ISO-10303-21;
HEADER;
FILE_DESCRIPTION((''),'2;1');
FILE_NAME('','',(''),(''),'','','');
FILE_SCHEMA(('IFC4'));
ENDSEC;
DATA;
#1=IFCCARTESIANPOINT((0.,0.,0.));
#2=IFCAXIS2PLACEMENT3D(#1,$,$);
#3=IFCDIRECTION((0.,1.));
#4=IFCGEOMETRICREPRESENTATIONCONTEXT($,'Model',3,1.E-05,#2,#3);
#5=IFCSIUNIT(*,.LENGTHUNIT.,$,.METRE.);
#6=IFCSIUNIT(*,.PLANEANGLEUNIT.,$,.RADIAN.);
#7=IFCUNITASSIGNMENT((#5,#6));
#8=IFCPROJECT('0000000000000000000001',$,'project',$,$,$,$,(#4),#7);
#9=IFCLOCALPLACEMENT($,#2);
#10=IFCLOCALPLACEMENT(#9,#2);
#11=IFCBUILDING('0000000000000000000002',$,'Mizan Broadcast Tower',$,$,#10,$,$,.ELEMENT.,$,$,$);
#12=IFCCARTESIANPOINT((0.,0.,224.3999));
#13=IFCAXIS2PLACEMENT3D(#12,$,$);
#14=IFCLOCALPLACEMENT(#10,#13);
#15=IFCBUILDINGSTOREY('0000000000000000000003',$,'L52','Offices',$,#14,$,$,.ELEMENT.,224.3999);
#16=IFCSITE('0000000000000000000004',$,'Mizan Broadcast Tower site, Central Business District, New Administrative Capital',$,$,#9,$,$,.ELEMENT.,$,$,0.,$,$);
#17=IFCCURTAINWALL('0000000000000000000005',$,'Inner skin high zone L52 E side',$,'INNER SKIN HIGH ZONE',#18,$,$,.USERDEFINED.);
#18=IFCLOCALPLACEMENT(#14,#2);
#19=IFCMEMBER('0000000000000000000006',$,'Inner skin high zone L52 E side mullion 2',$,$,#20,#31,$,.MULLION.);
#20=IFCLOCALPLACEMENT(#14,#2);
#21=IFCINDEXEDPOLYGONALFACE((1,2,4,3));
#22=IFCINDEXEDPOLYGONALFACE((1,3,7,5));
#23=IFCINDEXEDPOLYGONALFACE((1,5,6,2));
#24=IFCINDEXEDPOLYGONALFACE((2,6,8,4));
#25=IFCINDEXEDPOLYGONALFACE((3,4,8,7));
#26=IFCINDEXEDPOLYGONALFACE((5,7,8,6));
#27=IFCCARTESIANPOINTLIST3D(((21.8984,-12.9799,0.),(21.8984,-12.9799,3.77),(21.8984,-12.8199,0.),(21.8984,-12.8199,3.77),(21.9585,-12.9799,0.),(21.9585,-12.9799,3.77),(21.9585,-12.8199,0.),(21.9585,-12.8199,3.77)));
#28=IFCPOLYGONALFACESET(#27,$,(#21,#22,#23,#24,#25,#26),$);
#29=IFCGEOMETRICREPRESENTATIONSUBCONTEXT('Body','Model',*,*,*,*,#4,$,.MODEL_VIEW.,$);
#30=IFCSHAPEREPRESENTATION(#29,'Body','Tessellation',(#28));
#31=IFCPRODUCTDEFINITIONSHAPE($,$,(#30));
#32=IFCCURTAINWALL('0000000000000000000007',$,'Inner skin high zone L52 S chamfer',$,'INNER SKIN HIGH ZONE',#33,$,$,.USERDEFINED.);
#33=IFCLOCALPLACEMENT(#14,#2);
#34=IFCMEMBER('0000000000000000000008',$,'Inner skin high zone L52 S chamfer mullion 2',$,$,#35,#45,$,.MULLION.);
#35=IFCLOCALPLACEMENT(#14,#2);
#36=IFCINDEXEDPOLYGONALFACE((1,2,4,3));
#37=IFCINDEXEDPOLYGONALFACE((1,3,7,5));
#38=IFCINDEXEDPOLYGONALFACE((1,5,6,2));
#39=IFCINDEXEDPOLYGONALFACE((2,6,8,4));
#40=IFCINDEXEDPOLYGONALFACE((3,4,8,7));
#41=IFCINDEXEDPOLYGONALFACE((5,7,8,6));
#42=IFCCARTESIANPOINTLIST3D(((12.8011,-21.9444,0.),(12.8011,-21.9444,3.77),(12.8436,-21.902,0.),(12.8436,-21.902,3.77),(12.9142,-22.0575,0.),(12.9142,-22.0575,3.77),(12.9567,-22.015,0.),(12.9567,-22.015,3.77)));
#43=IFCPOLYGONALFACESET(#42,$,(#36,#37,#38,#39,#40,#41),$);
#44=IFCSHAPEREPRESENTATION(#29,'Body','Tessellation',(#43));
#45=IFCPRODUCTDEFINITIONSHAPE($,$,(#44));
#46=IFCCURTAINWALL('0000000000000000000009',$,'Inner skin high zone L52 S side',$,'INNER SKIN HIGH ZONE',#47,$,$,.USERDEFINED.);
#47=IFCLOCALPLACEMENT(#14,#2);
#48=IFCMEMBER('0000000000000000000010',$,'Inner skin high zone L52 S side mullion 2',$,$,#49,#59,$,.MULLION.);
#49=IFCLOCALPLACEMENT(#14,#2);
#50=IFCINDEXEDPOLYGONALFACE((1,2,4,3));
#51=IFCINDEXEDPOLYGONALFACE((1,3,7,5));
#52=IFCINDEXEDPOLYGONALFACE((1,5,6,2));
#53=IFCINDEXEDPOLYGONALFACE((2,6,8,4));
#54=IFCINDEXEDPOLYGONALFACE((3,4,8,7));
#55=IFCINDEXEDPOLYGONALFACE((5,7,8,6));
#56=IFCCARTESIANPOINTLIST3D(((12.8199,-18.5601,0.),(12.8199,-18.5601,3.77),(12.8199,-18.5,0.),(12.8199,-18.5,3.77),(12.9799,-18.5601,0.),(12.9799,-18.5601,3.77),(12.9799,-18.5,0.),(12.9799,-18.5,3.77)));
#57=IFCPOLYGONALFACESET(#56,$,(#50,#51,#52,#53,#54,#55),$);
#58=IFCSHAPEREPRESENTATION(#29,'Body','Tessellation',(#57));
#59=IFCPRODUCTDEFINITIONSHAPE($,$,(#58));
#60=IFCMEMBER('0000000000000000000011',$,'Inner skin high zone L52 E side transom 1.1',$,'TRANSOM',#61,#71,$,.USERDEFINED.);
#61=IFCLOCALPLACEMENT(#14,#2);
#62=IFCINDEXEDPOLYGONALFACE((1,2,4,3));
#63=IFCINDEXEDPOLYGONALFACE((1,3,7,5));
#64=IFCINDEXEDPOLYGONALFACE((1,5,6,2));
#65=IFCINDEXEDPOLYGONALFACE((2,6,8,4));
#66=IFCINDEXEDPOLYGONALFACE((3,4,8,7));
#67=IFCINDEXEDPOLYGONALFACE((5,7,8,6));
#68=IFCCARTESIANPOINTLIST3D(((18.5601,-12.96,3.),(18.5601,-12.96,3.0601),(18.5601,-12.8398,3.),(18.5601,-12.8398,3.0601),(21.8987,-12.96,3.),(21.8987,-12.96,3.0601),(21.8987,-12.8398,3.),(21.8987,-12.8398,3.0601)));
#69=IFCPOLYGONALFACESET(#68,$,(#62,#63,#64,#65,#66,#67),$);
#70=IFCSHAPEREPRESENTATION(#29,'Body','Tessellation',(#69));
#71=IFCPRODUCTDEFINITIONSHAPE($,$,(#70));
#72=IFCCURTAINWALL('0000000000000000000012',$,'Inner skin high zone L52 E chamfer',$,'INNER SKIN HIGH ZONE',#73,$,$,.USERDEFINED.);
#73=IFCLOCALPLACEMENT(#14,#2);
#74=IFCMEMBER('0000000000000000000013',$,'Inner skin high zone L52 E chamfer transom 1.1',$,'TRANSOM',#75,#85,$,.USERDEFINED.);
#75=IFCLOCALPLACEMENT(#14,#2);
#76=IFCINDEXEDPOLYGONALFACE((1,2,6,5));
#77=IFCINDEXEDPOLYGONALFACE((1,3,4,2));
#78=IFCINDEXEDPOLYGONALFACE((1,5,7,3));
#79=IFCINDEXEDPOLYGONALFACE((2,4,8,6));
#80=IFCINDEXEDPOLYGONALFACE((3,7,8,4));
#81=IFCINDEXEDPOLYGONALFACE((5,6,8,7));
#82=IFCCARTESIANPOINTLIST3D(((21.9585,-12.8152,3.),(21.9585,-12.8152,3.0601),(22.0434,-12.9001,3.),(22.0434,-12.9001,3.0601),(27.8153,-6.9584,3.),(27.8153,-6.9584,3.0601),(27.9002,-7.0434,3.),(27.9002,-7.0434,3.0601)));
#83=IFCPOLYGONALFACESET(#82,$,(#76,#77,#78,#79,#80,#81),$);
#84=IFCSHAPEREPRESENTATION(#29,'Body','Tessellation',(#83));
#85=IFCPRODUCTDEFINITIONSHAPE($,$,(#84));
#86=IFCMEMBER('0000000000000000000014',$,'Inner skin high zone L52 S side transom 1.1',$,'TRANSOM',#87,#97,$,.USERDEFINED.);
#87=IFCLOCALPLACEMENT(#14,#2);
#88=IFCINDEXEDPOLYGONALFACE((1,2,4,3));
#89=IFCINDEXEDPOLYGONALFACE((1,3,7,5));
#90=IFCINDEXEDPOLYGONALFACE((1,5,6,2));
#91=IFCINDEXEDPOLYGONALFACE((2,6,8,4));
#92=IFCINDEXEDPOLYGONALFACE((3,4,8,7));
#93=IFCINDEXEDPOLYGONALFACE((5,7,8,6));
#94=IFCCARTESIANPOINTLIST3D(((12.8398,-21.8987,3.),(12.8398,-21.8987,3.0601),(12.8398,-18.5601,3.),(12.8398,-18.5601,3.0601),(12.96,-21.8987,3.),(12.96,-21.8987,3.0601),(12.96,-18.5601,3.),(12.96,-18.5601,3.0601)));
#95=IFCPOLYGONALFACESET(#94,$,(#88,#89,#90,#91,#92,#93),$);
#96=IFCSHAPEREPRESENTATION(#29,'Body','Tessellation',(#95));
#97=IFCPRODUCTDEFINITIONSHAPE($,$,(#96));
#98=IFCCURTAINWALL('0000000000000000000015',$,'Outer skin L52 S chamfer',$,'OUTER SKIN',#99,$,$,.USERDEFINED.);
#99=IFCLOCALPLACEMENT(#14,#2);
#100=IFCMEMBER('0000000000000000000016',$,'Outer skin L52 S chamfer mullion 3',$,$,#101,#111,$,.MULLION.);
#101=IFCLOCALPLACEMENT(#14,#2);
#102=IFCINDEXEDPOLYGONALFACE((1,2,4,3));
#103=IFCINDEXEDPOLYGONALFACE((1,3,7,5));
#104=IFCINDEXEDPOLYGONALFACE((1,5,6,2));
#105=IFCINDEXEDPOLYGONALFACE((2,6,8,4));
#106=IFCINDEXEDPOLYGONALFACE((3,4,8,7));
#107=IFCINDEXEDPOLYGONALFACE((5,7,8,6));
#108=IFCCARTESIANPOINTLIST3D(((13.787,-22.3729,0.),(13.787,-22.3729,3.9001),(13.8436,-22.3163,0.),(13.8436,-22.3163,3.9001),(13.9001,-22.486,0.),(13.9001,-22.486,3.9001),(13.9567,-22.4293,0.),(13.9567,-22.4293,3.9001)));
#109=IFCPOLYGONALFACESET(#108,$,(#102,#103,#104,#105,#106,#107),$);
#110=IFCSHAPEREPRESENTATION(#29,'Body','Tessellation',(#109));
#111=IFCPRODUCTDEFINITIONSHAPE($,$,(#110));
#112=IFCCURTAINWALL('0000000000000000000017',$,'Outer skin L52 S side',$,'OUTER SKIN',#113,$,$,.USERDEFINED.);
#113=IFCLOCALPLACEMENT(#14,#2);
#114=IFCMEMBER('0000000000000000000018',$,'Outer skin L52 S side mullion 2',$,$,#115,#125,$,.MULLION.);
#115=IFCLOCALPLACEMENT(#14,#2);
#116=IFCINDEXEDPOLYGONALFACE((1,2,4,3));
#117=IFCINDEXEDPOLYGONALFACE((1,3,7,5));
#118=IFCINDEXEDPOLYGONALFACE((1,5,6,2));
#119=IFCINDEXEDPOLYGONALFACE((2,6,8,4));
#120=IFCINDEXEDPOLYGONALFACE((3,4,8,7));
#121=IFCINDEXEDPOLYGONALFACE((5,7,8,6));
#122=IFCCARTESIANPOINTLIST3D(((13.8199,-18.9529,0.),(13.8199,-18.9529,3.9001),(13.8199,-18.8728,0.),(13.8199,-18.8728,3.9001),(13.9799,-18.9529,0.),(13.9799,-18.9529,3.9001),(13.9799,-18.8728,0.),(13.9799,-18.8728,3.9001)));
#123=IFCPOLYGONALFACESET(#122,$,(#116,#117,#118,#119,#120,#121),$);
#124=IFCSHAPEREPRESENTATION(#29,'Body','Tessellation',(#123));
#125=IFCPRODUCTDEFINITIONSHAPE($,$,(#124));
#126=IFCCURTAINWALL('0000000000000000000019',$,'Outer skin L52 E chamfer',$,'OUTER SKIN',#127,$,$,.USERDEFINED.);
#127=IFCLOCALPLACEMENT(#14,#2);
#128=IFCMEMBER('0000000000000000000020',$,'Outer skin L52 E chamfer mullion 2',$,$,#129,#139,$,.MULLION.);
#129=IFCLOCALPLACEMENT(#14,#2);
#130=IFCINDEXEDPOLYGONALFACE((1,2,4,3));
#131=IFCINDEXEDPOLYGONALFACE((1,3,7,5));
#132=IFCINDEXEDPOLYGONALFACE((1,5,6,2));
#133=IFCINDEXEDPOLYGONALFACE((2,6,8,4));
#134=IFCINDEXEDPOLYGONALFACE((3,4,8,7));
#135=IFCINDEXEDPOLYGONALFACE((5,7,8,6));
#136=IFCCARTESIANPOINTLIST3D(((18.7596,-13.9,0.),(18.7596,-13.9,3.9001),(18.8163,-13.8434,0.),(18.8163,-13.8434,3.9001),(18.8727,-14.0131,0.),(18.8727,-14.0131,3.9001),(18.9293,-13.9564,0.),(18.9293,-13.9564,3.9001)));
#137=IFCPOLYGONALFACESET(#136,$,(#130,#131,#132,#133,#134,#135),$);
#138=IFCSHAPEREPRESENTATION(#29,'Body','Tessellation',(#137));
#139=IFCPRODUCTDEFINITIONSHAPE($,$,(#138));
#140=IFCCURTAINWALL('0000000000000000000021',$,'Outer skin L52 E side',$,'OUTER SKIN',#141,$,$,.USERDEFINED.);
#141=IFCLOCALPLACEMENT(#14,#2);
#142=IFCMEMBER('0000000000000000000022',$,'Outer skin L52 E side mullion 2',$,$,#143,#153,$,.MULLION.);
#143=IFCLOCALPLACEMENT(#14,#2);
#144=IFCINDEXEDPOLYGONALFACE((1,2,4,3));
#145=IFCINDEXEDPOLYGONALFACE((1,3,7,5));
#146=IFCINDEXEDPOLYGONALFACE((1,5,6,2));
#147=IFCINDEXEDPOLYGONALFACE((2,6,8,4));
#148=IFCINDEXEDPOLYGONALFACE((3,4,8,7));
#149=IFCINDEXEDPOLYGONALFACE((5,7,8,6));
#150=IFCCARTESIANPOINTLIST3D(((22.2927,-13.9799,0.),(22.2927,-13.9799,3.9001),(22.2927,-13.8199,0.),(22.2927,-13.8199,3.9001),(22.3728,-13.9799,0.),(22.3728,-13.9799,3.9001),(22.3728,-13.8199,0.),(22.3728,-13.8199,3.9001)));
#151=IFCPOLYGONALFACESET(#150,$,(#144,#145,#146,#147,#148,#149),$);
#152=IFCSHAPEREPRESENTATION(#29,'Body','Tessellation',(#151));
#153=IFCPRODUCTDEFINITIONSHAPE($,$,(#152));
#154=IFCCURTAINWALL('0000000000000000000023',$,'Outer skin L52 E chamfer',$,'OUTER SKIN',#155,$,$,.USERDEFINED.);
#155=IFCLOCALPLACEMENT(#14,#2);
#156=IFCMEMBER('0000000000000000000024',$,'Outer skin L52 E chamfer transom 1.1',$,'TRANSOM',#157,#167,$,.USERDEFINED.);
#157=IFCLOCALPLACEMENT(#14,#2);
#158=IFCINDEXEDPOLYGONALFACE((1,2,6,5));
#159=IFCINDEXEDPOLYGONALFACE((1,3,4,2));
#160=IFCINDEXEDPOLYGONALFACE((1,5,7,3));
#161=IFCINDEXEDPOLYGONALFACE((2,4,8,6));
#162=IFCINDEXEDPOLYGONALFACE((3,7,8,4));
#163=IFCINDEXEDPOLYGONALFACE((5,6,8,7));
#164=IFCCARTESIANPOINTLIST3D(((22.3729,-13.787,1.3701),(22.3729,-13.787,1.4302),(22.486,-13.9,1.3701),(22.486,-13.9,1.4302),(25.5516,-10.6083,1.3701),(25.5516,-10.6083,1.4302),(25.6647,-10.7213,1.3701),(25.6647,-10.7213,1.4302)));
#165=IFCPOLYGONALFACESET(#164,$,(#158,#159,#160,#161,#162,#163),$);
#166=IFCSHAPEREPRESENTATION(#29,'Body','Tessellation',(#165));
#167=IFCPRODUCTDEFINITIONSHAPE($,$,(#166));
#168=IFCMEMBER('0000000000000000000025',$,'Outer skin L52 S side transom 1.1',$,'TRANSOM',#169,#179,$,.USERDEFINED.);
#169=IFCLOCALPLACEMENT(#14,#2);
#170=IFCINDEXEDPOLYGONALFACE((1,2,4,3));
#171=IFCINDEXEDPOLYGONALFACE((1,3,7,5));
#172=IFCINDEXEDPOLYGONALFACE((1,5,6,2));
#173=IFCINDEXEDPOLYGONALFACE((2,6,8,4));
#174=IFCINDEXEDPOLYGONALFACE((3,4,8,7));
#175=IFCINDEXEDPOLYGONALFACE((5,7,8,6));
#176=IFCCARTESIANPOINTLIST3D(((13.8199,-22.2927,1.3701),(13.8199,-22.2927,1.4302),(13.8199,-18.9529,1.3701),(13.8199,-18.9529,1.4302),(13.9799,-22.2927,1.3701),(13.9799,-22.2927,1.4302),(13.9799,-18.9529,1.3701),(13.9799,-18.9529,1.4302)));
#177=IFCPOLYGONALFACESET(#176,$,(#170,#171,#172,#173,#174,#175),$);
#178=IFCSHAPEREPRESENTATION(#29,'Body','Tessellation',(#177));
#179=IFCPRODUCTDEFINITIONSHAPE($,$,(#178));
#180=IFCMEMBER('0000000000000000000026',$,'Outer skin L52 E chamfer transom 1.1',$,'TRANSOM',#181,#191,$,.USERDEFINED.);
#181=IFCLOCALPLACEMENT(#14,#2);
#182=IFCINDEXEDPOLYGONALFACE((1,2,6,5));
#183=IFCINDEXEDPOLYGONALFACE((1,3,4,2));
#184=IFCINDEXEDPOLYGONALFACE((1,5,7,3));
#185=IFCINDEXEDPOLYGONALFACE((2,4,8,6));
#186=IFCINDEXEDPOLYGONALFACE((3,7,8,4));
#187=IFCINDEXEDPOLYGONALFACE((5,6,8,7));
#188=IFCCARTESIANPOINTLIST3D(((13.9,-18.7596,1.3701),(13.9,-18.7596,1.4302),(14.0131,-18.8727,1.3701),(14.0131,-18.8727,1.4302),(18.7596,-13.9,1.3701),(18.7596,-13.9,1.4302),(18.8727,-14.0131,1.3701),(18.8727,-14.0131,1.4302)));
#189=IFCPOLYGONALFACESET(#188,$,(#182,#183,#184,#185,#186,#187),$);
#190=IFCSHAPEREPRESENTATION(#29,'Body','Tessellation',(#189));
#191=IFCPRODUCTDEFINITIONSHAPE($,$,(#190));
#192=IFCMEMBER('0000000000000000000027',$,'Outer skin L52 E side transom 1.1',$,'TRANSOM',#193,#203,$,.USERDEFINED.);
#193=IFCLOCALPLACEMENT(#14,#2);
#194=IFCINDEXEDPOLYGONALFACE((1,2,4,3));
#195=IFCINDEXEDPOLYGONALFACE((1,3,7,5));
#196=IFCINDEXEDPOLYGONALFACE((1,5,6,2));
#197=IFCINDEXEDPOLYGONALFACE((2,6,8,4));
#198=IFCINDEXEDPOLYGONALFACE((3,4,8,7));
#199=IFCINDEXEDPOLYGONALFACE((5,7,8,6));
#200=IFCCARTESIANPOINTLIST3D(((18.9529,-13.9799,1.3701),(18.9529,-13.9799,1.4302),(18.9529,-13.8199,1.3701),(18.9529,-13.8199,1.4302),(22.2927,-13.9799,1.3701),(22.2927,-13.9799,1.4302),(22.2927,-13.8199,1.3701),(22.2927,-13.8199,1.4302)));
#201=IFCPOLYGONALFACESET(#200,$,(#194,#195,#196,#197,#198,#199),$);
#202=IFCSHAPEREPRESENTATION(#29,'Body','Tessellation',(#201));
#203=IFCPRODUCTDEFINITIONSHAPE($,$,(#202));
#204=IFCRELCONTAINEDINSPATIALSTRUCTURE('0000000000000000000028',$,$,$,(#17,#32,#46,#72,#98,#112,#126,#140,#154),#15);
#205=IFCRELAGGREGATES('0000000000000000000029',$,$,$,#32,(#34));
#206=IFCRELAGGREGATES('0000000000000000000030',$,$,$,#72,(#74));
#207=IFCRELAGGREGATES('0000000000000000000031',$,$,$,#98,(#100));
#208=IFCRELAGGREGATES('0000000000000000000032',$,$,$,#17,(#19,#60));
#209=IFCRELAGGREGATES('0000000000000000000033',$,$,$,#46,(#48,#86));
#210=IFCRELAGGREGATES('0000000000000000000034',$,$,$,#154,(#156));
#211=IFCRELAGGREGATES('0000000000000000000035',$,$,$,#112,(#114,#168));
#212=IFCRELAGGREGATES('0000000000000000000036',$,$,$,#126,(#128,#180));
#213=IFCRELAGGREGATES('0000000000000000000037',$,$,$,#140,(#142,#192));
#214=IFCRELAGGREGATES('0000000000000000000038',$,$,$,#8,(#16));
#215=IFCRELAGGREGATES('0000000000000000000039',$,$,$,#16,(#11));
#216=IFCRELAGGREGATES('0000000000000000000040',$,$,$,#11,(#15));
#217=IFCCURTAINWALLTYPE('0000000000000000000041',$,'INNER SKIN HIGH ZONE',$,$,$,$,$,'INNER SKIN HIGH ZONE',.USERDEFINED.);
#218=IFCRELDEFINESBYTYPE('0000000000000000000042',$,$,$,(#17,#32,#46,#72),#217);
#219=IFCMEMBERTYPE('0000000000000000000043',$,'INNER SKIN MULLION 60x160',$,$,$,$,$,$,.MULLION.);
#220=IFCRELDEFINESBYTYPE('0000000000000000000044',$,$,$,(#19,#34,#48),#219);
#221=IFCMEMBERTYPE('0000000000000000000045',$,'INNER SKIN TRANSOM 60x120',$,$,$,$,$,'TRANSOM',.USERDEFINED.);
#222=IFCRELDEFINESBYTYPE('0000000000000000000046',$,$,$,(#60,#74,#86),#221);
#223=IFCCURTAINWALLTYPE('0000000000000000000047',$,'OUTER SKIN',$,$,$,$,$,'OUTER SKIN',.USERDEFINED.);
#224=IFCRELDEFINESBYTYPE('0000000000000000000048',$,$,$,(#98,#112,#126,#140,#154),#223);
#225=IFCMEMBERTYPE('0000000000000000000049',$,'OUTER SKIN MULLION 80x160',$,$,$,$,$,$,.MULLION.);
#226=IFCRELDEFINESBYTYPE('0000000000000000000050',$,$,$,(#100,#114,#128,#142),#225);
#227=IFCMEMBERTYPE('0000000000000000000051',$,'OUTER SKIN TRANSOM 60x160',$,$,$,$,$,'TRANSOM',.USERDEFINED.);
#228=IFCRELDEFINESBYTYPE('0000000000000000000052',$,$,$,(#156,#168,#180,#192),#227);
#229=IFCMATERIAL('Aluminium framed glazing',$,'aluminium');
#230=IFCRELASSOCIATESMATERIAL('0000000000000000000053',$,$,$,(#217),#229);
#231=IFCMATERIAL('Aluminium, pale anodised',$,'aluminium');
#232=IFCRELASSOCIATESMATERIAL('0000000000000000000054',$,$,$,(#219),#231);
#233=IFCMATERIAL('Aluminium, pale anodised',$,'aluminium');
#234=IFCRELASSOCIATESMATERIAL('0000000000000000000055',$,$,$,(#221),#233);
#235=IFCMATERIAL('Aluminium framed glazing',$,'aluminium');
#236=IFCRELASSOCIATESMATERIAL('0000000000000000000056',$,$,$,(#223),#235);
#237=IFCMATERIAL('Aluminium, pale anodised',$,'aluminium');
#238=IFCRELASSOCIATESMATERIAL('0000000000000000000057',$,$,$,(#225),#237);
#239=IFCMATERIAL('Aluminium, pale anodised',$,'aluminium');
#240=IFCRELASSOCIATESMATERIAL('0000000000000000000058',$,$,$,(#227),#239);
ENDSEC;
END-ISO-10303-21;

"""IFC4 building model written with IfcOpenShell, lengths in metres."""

from ifc_helpers import new_model, si_unit, direction, frame, origin, origin_2d, place, context, subcontext, project, spatial, rectangle, extrude, material, material_profile, profile_set, type_object, element, aggregate, save


model = new_model("IFC4")

# Units and contexts
model_context = context("Model", 3, precision=1e-05, world=origin(), true_north=direction((0.0, 1.0)))
body_context = subcontext(model_context, "Body", "Model", "MODEL_VIEW")
ifc_project = project(units=[si_unit("LENGTHUNIT", "METRE"), si_unit("PLANEANGLEUNIT", "RADIAN")], contexts=[model_context])

# Site, building, storey
site_placement = place(None, origin())
site = spatial("IfcSite", under=ifc_project, at=site_placement, Name="Mizan Broadcast Tower site, Central Business District, New Administrative Capital", CompositionType="ELEMENT", RefElevation=0.0)
building_placement = place(site_placement, origin())
building = spatial("IfcBuilding", under=site, at=building_placement, Name="Mizan Broadcast Tower", CompositionType="ELEMENT")
storey_placement = place(building_placement, frame((0.0, 0.0, 224.3999)))
storey = spatial("IfcBuildingStorey", under=building, at=storey_placement, Name="L52", Description="Offices", CompositionType="ELEMENT", Elevation=224.3999)

# Curtain walls, members
ifc_material_1 = material(Name="Aluminium framed glazing", Category="aluminium")
curtain_wall_type_1 = type_object("IfcCurtainWallType", Name="INNER SKIN HIGH ZONE", ElementType="INNER SKIN HIGH ZONE", PredefinedType="USERDEFINED", material=ifc_material_1)
curtain_wall_1_placement = place(storey_placement, origin())
curtain_wall_1 = element("IfcCurtainWall", 1, at=curtain_wall_1_placement, inside=storey, type_object=curtain_wall_type_1, Name="Inner skin high zone L52 E side", ObjectType="INNER SKIN HIGH ZONE", PredefinedType="USERDEFINED")
ifc_material_2 = material(Name="Aluminium, pale anodised", Category="aluminium")
ifc_material_profile_1 = material_profile(ifc_material_2, rectangle(XDim=0.1599, YDim=0.0601, at=origin_2d()), Name="MULLION 160x60")
ifc_profile_set_1 = profile_set([ifc_material_profile_1], Name="Aluminium, pale anodised")
member_type_1 = type_object("IfcMemberType", Name="INNER SKIN MULLION 60x160", PredefinedType="MULLION", material=ifc_profile_set_1)
member_1_placement = place(storey_placement, frame((21.9285, -12.8999, 0.0), z_axis=(0.0, 0.0, 1.0), x_axis=(0.0, 1.0, 0.0)))
member_1 = element("IfcMember", 2, at=member_1_placement, type_object=member_type_1, Name="Inner skin high zone L52 E side mullion 2", PredefinedType="MULLION", context=body_context, shape_type="SweptSolid", body=[
    extrude(rectangle(XDim=0.1599, YDim=0.0601, at=origin_2d()), origin(), (0.0, 0.0, 1.0), 3.77),
])
curtain_wall_2_placement = place(storey_placement, origin())
curtain_wall_2 = element("IfcCurtainWall", 3, at=curtain_wall_2_placement, inside=storey, type_object=curtain_wall_type_1, Name="Inner skin high zone L52 S chamfer", ObjectType="INNER SKIN HIGH ZONE", PredefinedType="USERDEFINED")
member_2_placement = place(storey_placement, frame((12.8789, -21.9797, 0.0), z_axis=(0.0, 0.0, 1.0), x_axis=(-0.707107, 0.707107, 0.0)))
member_2 = element("IfcMember", 4, at=member_2_placement, type_object=member_type_1, Name="Inner skin high zone L52 S chamfer mullion 2", PredefinedType="MULLION", context=body_context, shape_type="SweptSolid", body=[
    extrude(rectangle(XDim=0.1599, YDim=0.0601, at=origin_2d()), origin(), (0.0, 0.0, 1.0), 3.77),
])
aggregate(curtain_wall_2, [member_2])
curtain_wall_3_placement = place(storey_placement, origin())
curtain_wall_3 = element("IfcCurtainWall", 5, at=curtain_wall_3_placement, inside=storey, type_object=curtain_wall_type_1, Name="Inner skin high zone L52 S side", ObjectType="INNER SKIN HIGH ZONE", PredefinedType="USERDEFINED")
member_3_placement = place(storey_placement, frame((12.8999, -18.53, 0.0), z_axis=(0.0, 0.0, 1.0), x_axis=(-1.0, 0.0, 0.0)))
member_3 = element("IfcMember", 6, at=member_3_placement, type_object=member_type_1, Name="Inner skin high zone L52 S side mullion 2", PredefinedType="MULLION", context=body_context, shape_type="SweptSolid", body=[
    extrude(rectangle(XDim=0.1599, YDim=0.0601, at=origin_2d()), origin(), (0.0, 0.0, 1.0), 3.77),
])

# Member
ifc_material_3 = material(Name="Aluminium, pale anodised", Category="aluminium")
ifc_material_profile_2 = material_profile(ifc_material_3, rectangle(XDim=0.1201, YDim=0.0601, at=origin_2d()), Name="TRANSOM 120x60")
ifc_profile_set_2 = profile_set([ifc_material_profile_2], Name="Aluminium, pale anodised")
member_type_2 = type_object("IfcMemberType", Name="INNER SKIN TRANSOM 60x120", ElementType="TRANSOM", PredefinedType="USERDEFINED", material=ifc_profile_set_2)
member_4_placement = place(storey_placement, frame((18.5601, -12.8999, 3.03), z_axis=(1.0, 0.0, 0.0), x_axis=(0.0, 1.0, 0.0)))
member_4 = element("IfcMember", 7, at=member_4_placement, type_object=member_type_2, Name="Inner skin high zone L52 E side transom 1.1", ObjectType="TRANSOM", PredefinedType="USERDEFINED", context=body_context, shape_type="SweptSolid", body=[
    extrude(rectangle(XDim=0.1201, YDim=0.0601, at=origin_2d()), origin(), (0.0, 0.0, 1.0), 3.3386),
])

# Curtain wall, member
curtain_wall_4_placement = place(storey_placement, origin())
curtain_wall_4 = element("IfcCurtainWall", 8, at=curtain_wall_4_placement, inside=storey, type_object=curtain_wall_type_1, Name="Inner skin high zone L52 E chamfer", ObjectType="INNER SKIN HIGH ZONE", PredefinedType="USERDEFINED")
member_5_placement = place(storey_placement, frame((22.001, -12.8577, 3.03), z_axis=(0.707107, 0.707107, 0.0), x_axis=(-0.707107, 0.707107, 0.0)))
member_5 = element("IfcMember", 9, at=member_5_placement, type_object=member_type_2, Name="Inner skin high zone L52 E chamfer transom 1.1", ObjectType="TRANSOM", PredefinedType="USERDEFINED", context=body_context, shape_type="SweptSolid", body=[
    extrude(rectangle(XDim=0.1201, YDim=0.0601, at=origin_2d()), origin(), (0.0, 0.0, 1.0), 8.2827),
])
aggregate(curtain_wall_4, [member_5])

# Member
member_6_placement = place(storey_placement, frame((12.8999, -21.8987, 3.03), z_axis=(0.0, 1.0, 0.0), x_axis=(-1.0, 0.0, 0.0)))
member_6 = element("IfcMember", 10, at=member_6_placement, type_object=member_type_2, Name="Inner skin high zone L52 S side transom 1.1", ObjectType="TRANSOM", PredefinedType="USERDEFINED", context=body_context, shape_type="SweptSolid", body=[
    extrude(rectangle(XDim=0.1201, YDim=0.0601, at=origin_2d()), origin(), (0.0, 0.0, 1.0), 3.3386),
])

# Curtain walls, members
ifc_material_4 = material(Name="Aluminium framed glazing", Category="aluminium")
curtain_wall_type_2 = type_object("IfcCurtainWallType", Name="OUTER SKIN", ElementType="OUTER SKIN", PredefinedType="USERDEFINED", material=ifc_material_4)
curtain_wall_5_placement = place(storey_placement, origin())
curtain_wall_5 = element("IfcCurtainWall", 11, at=curtain_wall_5_placement, inside=storey, type_object=curtain_wall_type_2, Name="Outer skin L52 S chamfer", ObjectType="OUTER SKIN", PredefinedType="USERDEFINED")
ifc_material_5 = material(Name="Aluminium, pale anodised", Category="aluminium")
ifc_material_profile_3 = material_profile(ifc_material_5, rectangle(XDim=0.1599, YDim=0.0801, at=origin_2d()), Name="MULLION 160x80")
ifc_profile_set_3 = profile_set([ifc_material_profile_3], Name="Aluminium, pale anodised")
member_type_3 = type_object("IfcMemberType", Name="OUTER SKIN MULLION 80x160", PredefinedType="MULLION", material=ifc_profile_set_3)
member_7_placement = place(storey_placement, frame((13.8718, -22.4011, 0.0), z_axis=(0.0, 0.0, 1.0), x_axis=(-0.707107, 0.707107, 0.0)))
member_7 = element("IfcMember", 12, at=member_7_placement, type_object=member_type_3, Name="Outer skin L52 S chamfer mullion 3", PredefinedType="MULLION", context=body_context, shape_type="SweptSolid", body=[
    extrude(rectangle(XDim=0.1599, YDim=0.0801, at=origin_2d()), origin(), (0.0, 0.0, 1.0), 3.9001),
])
aggregate(curtain_wall_5, [member_7])
curtain_wall_6_placement = place(storey_placement, origin())
curtain_wall_6 = element("IfcCurtainWall", 13, at=curtain_wall_6_placement, inside=storey, type_object=curtain_wall_type_2, Name="Outer skin L52 S side", ObjectType="OUTER SKIN", PredefinedType="USERDEFINED")
member_8_placement = place(storey_placement, frame((13.8999, -18.9128, 0.0), z_axis=(0.0, 0.0, 1.0), x_axis=(-1.0, 0.0, 0.0)))
member_8 = element("IfcMember", 14, at=member_8_placement, type_object=member_type_3, Name="Outer skin L52 S side mullion 2", PredefinedType="MULLION", context=body_context, shape_type="SweptSolid", body=[
    extrude(rectangle(XDim=0.1599, YDim=0.0801, at=origin_2d()), origin(), (0.0, 0.0, 1.0), 3.9001),
])
curtain_wall_7_placement = place(storey_placement, origin())
curtain_wall_7 = element("IfcCurtainWall", 15, at=curtain_wall_7_placement, inside=storey, type_object=curtain_wall_type_2, Name="Outer skin L52 E chamfer", ObjectType="OUTER SKIN", PredefinedType="USERDEFINED")
member_9_placement = place(storey_placement, frame((18.8445, -13.9282, 0.0), z_axis=(0.0, 0.0, 1.0), x_axis=(-0.707107, 0.707107, 0.0)))
member_9 = element("IfcMember", 16, at=member_9_placement, type_object=member_type_3, Name="Outer skin L52 E chamfer mullion 2", PredefinedType="MULLION", context=body_context, shape_type="SweptSolid", body=[
    extrude(rectangle(XDim=0.1599, YDim=0.0801, at=origin_2d()), origin(), (0.0, 0.0, 1.0), 3.9001),
])
curtain_wall_8_placement = place(storey_placement, origin())
curtain_wall_8 = element("IfcCurtainWall", 17, at=curtain_wall_8_placement, inside=storey, type_object=curtain_wall_type_2, Name="Outer skin L52 E side", ObjectType="OUTER SKIN", PredefinedType="USERDEFINED")
member_10_placement = place(storey_placement, frame((22.3328, -13.8999, 0.0), z_axis=(0.0, 0.0, 1.0), x_axis=(0.0, 1.0, 0.0)))
member_10 = element("IfcMember", 18, at=member_10_placement, type_object=member_type_3, Name="Outer skin L52 E side mullion 2", PredefinedType="MULLION", context=body_context, shape_type="SweptSolid", body=[
    extrude(rectangle(XDim=0.1599, YDim=0.0801, at=origin_2d()), origin(), (0.0, 0.0, 1.0), 3.9001),
])
curtain_wall_9_placement = place(storey_placement, origin())
curtain_wall_9 = element("IfcCurtainWall", 19, at=curtain_wall_9_placement, inside=storey, type_object=curtain_wall_type_2, Name="Outer skin L52 E chamfer", ObjectType="OUTER SKIN", PredefinedType="USERDEFINED")
ifc_material_6 = material(Name="Aluminium, pale anodised", Category="aluminium")
ifc_material_profile_4 = material_profile(ifc_material_6, rectangle(XDim=0.1599, YDim=0.0601, at=origin_2d()), Name="TRANSOM 160x60")
ifc_profile_set_4 = profile_set([ifc_material_profile_4], Name="Aluminium, pale anodised")
member_type_4 = type_object("IfcMemberType", Name="OUTER SKIN TRANSOM 60x160", ElementType="TRANSOM", PredefinedType="USERDEFINED", material=ifc_profile_set_4)
member_11_placement = place(storey_placement, frame((22.4294, -13.8435, 1.4001), z_axis=(0.707107, 0.707107, 0.0), x_axis=(-0.707107, 0.707107, 0.0)))
member_11 = element("IfcMember", 20, at=member_11_placement, type_object=member_type_4, Name="Outer skin L52 E chamfer transom 1.1", ObjectType="TRANSOM", PredefinedType="USERDEFINED", context=body_context, shape_type="SweptSolid", body=[
    extrude(rectangle(XDim=0.1599, YDim=0.0601, at=origin_2d()), origin(), (0.0, 0.0, 1.0), 4.4954),
])

# Members
member_12_placement = place(storey_placement, frame((13.8999, -22.2927, 1.4001), z_axis=(0.0, 1.0, 0.0), x_axis=(-1.0, 0.0, 0.0)))
member_12 = element("IfcMember", 21, at=member_12_placement, type_object=member_type_4, Name="Outer skin L52 S side transom 1.1", ObjectType="TRANSOM", PredefinedType="USERDEFINED", context=body_context, shape_type="SweptSolid", body=[
    extrude(rectangle(XDim=0.1599, YDim=0.0601, at=origin_2d()), origin(), (0.0, 0.0, 1.0), 3.3398),
])
member_13_placement = place(storey_placement, frame((13.9565, -18.8162, 1.4001), z_axis=(0.707107, 0.707107, 0.0), x_axis=(-0.707107, 0.707107, 0.0)))
member_13 = element("IfcMember", 22, at=member_13_placement, type_object=member_type_4, Name="Outer skin L52 E chamfer transom 1.1", ObjectType="TRANSOM", PredefinedType="USERDEFINED", context=body_context, shape_type="SweptSolid", body=[
    extrude(rectangle(XDim=0.1599, YDim=0.0601, at=origin_2d()), origin(), (0.0, 0.0, 1.0), 6.8726),
])
member_14_placement = place(storey_placement, frame((18.9529, -13.8999, 1.4001), z_axis=(1.0, 0.0, 0.0), x_axis=(0.0, 1.0, 0.0)))
member_14 = element("IfcMember", 23, at=member_14_placement, type_object=member_type_4, Name="Outer skin L52 E side transom 1.1", ObjectType="TRANSOM", PredefinedType="USERDEFINED", context=body_context, shape_type="SweptSolid", body=[
    extrude(rectangle(XDim=0.1599, YDim=0.0601, at=origin_2d()), origin(), (0.0, 0.0, 1.0), 3.3398),
])

aggregate(curtain_wall_1, [member_1, member_4])
aggregate(curtain_wall_3, [member_3, member_6])
aggregate(curtain_wall_9, [member_11])
aggregate(curtain_wall_6, [member_8, member_12])
aggregate(curtain_wall_7, [member_9, member_13])
aggregate(curtain_wall_8, [member_10, member_14])

save(model, "model.ifc")
